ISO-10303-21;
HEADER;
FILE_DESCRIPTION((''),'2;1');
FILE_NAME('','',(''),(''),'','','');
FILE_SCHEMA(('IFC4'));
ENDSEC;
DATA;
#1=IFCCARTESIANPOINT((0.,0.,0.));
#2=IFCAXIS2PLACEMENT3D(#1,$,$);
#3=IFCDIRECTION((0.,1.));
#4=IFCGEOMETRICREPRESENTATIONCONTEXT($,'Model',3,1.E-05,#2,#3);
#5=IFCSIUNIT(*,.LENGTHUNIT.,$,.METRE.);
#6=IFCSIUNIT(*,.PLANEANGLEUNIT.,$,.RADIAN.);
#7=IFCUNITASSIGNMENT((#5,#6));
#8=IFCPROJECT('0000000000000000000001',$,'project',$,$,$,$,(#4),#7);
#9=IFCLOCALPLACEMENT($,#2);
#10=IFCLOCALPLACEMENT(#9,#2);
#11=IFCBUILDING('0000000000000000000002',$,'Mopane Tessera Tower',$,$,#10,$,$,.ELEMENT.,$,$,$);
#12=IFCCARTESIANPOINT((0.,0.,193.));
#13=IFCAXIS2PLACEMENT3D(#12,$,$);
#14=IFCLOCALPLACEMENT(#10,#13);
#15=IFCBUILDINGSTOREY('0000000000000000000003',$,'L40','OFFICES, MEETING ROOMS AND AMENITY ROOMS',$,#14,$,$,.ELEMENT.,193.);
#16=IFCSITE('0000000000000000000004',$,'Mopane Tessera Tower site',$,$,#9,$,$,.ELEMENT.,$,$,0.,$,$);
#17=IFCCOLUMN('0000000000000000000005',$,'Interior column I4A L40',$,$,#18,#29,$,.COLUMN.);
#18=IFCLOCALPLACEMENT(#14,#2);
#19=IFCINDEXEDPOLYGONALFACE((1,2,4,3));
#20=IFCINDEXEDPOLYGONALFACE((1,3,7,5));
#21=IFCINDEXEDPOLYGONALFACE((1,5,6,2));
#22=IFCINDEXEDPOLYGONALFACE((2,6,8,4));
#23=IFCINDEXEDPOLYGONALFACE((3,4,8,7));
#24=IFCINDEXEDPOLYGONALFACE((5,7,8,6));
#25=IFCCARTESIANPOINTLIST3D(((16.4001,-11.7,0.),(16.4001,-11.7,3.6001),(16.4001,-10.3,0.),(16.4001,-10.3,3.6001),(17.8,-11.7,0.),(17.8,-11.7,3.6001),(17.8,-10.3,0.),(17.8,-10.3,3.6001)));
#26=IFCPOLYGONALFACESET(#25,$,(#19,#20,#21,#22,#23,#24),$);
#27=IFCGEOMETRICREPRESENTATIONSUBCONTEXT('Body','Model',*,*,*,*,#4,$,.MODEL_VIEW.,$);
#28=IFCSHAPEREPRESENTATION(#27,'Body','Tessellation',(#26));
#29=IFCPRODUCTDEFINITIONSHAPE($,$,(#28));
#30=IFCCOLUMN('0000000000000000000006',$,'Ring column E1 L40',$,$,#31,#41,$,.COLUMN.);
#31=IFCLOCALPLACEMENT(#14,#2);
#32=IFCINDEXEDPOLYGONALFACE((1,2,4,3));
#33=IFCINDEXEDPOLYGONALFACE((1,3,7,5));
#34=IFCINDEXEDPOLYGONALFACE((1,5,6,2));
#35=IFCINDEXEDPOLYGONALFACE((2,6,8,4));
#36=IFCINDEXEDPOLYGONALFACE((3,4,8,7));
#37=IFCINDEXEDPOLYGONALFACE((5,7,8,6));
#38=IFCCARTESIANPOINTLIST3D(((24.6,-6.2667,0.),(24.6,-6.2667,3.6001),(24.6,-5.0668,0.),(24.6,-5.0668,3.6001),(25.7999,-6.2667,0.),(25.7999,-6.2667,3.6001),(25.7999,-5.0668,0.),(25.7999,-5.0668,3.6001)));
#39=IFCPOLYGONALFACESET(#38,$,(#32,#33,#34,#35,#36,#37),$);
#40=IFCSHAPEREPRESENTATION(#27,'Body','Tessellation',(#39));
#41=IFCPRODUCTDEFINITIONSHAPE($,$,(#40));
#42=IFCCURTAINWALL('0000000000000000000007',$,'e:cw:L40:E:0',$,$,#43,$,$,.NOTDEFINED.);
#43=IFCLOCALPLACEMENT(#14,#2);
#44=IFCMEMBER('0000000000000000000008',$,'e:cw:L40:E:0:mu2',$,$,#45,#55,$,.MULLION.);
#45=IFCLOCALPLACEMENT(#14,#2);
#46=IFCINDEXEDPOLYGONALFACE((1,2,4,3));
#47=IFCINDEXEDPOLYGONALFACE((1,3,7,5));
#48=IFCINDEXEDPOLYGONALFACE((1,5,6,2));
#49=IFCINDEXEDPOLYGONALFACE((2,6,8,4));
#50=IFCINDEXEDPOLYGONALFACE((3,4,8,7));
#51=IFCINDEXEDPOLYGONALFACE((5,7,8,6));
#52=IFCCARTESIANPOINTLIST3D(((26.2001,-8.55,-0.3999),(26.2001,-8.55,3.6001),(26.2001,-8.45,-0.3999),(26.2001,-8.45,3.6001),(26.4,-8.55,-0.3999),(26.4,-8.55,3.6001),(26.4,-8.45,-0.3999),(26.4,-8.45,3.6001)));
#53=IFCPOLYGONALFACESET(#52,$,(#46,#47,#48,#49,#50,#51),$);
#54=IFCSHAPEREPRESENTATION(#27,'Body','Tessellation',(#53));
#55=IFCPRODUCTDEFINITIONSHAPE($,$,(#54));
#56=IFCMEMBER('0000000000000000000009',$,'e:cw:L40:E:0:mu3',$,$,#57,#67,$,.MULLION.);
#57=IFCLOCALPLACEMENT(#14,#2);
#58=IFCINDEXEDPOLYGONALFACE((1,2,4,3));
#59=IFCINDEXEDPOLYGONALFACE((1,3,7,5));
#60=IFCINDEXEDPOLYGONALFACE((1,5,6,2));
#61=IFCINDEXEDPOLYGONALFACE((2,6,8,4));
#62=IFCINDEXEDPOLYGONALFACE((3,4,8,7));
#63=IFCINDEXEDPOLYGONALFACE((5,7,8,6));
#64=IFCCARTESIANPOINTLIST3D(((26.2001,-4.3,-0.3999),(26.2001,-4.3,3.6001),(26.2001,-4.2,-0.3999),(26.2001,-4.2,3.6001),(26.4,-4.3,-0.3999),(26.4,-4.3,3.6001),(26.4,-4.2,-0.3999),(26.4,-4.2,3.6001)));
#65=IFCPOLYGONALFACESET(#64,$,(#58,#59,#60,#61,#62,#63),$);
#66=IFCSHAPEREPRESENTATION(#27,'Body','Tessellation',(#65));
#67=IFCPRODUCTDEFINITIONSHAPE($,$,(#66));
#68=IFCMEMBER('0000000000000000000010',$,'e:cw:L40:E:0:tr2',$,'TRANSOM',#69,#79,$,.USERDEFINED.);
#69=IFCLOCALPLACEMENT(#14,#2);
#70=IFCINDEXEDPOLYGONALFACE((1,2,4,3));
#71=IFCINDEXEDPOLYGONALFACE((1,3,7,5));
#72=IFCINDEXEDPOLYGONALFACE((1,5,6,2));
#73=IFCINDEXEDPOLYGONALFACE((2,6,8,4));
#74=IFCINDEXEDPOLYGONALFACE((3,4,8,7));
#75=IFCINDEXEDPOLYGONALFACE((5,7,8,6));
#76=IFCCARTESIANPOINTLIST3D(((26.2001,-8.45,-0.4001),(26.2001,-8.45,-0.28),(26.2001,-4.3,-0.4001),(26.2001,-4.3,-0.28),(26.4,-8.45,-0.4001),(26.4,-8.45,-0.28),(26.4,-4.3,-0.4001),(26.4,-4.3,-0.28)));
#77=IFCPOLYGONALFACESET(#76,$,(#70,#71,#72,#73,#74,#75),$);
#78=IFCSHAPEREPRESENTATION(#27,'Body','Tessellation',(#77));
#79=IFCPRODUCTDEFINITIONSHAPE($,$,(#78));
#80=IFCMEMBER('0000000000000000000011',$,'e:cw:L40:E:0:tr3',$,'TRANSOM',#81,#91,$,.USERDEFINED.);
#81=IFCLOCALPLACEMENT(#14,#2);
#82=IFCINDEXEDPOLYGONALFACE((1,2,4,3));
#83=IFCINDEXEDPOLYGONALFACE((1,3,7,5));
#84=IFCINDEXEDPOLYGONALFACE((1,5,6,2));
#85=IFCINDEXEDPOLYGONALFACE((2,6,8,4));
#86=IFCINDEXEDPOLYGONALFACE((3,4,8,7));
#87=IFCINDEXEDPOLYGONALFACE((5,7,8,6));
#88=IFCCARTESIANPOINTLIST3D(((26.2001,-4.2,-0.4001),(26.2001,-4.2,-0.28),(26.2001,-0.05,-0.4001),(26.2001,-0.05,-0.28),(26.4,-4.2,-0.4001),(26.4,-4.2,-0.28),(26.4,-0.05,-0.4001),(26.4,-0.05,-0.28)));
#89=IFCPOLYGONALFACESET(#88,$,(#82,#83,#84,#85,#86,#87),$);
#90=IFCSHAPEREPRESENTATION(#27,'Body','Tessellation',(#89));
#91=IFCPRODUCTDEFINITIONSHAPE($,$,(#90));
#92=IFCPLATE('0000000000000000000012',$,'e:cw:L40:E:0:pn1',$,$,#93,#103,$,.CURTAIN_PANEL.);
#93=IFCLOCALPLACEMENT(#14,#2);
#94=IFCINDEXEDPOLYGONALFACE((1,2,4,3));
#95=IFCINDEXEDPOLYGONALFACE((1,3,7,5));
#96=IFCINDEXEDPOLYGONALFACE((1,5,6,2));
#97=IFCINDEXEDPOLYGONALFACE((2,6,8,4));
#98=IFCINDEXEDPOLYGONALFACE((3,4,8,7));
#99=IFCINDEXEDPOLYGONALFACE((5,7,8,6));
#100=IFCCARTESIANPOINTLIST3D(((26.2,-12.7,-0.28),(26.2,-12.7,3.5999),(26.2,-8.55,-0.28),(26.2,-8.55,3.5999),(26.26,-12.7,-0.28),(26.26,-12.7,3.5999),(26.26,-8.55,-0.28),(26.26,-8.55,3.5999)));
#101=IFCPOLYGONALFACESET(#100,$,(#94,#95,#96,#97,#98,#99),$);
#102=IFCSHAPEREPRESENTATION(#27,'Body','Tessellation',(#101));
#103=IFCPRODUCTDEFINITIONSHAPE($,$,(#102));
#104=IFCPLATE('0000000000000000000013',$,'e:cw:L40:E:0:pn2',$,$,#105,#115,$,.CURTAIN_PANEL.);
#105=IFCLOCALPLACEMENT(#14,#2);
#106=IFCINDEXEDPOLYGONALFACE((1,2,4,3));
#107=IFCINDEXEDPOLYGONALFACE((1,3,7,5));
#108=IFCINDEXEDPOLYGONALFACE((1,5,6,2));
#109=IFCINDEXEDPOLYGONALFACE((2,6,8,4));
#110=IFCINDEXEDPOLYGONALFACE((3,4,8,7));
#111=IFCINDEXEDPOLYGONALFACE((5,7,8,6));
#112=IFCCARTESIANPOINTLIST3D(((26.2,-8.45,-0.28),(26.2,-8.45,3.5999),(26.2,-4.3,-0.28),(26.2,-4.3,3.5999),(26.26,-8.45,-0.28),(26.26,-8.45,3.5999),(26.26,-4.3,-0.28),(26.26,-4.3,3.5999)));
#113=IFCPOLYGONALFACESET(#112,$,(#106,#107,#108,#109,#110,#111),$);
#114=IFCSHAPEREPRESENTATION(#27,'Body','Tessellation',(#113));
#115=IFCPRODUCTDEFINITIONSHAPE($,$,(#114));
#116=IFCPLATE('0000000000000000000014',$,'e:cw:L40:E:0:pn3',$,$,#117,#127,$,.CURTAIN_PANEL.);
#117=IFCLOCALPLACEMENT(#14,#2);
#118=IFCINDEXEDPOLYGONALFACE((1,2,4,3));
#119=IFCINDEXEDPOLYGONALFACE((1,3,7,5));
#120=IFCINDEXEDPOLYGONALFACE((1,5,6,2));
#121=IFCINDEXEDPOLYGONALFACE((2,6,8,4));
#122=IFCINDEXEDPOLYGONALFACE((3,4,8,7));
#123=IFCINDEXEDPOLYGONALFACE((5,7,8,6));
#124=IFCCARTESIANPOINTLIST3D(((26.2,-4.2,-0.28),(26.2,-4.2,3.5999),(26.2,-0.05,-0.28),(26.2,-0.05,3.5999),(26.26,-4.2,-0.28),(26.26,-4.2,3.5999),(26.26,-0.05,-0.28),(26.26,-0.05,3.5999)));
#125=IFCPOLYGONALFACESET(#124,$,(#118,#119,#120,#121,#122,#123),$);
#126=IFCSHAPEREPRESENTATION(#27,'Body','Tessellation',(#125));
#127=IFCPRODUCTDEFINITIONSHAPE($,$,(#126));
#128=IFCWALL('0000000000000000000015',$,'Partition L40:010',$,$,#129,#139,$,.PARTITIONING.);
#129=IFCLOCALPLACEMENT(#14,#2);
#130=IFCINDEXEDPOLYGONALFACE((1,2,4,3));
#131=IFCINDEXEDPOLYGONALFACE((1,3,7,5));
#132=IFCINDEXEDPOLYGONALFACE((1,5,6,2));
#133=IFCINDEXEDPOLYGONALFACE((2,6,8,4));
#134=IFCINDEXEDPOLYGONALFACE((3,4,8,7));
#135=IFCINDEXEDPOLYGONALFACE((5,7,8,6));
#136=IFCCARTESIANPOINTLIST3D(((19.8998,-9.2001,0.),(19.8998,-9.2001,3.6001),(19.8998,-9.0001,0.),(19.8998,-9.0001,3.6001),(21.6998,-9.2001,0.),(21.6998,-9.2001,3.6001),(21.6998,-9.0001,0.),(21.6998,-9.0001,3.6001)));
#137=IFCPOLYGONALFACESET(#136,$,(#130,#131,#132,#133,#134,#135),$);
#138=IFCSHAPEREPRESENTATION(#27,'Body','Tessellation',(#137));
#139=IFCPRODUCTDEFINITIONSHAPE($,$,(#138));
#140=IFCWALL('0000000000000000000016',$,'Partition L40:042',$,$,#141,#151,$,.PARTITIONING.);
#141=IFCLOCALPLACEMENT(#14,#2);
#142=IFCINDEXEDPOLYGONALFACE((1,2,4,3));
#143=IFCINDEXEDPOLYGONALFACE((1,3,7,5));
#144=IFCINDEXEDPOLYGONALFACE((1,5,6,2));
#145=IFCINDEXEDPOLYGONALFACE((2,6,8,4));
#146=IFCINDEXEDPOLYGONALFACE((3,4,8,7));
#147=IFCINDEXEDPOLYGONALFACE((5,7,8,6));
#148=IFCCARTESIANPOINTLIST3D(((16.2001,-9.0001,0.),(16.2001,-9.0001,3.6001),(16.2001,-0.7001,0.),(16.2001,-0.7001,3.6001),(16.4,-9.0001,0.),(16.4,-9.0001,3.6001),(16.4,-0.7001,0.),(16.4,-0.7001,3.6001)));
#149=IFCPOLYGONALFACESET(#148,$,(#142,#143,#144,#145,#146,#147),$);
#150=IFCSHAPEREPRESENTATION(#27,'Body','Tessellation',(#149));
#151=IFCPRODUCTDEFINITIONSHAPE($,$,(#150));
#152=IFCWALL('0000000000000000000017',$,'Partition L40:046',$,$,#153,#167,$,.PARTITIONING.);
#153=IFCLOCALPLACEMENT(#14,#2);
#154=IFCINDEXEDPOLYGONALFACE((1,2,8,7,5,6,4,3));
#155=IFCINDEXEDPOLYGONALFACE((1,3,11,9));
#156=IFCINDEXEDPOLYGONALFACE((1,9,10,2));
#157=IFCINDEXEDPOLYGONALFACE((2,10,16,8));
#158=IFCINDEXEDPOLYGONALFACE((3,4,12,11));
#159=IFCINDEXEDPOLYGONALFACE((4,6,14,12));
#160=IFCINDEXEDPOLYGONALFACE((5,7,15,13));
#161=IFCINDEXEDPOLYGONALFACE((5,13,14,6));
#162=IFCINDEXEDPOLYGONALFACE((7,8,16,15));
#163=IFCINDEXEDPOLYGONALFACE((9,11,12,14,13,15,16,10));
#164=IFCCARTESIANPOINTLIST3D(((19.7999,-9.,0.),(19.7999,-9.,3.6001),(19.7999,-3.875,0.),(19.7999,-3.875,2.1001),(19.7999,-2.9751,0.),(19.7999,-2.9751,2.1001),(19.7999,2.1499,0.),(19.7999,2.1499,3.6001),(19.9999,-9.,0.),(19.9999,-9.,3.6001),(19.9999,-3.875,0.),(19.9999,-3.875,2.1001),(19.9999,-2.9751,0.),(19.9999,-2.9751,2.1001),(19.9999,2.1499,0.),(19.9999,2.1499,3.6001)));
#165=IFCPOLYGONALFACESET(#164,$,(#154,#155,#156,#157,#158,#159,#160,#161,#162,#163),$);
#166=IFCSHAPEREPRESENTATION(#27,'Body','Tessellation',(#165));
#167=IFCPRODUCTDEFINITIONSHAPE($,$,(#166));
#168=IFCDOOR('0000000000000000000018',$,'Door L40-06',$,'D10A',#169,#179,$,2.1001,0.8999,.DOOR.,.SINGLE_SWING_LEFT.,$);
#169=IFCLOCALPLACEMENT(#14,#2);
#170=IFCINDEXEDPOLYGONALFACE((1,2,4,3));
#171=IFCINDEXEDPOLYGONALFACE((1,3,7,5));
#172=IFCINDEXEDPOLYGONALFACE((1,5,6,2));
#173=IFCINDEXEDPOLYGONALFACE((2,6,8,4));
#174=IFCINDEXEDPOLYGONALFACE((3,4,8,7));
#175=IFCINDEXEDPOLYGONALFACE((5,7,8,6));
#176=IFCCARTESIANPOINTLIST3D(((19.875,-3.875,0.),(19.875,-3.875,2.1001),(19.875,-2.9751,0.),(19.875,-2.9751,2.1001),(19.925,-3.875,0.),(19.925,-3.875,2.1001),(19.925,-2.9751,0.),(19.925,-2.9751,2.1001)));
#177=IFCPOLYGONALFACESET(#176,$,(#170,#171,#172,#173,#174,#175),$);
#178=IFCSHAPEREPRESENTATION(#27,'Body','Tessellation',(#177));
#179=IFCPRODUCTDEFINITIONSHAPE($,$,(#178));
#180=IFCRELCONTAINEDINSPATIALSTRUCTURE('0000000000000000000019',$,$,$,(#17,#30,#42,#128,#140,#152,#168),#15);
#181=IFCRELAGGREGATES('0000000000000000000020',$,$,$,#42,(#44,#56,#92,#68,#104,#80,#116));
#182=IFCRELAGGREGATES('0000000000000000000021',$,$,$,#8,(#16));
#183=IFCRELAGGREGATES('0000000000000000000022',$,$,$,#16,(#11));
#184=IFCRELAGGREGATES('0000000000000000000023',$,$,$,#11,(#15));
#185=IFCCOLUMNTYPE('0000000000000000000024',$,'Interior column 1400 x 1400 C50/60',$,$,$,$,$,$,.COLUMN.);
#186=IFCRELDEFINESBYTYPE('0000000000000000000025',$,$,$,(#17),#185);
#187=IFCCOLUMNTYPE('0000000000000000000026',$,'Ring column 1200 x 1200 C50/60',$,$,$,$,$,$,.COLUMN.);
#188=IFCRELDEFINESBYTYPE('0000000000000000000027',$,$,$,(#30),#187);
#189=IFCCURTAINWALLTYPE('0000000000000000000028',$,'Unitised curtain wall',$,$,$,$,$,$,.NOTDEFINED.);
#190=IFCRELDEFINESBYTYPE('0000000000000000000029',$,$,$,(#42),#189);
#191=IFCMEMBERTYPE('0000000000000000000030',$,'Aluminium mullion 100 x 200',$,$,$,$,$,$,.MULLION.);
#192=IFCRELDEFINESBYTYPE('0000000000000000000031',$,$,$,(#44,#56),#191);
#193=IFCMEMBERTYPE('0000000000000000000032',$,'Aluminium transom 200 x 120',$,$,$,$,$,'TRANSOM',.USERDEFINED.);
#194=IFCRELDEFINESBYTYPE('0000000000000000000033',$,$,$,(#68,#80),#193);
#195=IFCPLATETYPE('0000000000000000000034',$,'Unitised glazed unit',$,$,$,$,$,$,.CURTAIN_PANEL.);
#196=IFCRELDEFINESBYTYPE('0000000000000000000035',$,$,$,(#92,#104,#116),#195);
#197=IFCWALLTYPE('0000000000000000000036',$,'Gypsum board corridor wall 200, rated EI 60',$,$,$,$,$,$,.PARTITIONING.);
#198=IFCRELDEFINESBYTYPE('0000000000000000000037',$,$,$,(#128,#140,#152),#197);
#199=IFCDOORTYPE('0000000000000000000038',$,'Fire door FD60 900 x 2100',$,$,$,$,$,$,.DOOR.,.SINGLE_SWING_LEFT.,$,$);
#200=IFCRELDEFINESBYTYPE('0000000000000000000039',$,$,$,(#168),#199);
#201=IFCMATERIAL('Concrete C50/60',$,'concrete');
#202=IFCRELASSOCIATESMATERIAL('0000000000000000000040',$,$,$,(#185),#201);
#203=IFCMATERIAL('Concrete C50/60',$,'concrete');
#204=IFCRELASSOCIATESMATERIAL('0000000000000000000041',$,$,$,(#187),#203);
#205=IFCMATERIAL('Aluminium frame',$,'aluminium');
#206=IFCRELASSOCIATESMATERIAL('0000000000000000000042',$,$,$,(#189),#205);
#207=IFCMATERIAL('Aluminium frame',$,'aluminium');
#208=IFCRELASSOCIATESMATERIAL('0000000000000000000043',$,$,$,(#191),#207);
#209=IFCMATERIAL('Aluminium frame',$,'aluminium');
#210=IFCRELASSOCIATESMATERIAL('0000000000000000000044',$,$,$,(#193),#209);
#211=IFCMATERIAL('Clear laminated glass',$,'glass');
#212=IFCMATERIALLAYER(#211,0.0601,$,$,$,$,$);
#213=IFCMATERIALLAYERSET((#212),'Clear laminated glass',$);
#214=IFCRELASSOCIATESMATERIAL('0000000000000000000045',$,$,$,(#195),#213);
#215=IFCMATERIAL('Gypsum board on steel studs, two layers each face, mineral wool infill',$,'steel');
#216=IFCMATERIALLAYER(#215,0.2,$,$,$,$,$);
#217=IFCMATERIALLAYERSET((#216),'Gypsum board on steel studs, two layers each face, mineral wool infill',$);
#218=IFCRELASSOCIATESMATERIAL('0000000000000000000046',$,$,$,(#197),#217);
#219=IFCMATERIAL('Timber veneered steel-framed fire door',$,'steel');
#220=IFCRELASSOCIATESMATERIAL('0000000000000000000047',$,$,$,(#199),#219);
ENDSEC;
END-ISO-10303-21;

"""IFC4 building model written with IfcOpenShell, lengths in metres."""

from ifc_helpers import new_model, si_unit, direction, frame, frame_2d, origin, origin_2d, place, context, subcontext, project, spatial, rectangle, extrude, material, layer, layer_set, material_profile, profile_set, type_object, element, fill, aggregate, save


model = new_model("IFC4")

# Units and contexts
model_context = context("Model", 3, precision=1e-05, world=origin(), true_north=direction((0.0, 1.0)))
body_context = subcontext(model_context, "Body", "Model", "MODEL_VIEW")
ifc_project = project(units=[si_unit("LENGTHUNIT", "METRE"), si_unit("PLANEANGLEUNIT", "RADIAN")], contexts=[model_context])

# Site, building, storey
site_placement = place(None, origin())
site = spatial("IfcSite", under=ifc_project, at=site_placement, Name="Mopane Tessera Tower site", CompositionType="ELEMENT", RefElevation=0.0)
building_placement = place(site_placement, origin())
building = spatial("IfcBuilding", under=site, at=building_placement, Name="Mopane Tessera Tower", CompositionType="ELEMENT")
storey_placement = place(building_placement, frame((0.0, 0.0, 193.0)))
storey = spatial("IfcBuildingStorey", under=building, at=storey_placement, Name="L40", Description="OFFICES, MEETING ROOMS AND AMENITY ROOMS", CompositionType="ELEMENT", Elevation=193.0)

# Columns
ifc_material_1 = material(Name="Concrete C50/60", Category="concrete")
ifc_material_profile_1 = material_profile(ifc_material_1, rectangle(XDim=1.3999, YDim=1.3999, at=origin_2d()))
ifc_profile_set_1 = profile_set([ifc_material_profile_1], Name="Concrete C50/60")
column_type_1 = type_object("IfcColumnType", Name="Interior column 1400 x 1400 C50/60", PredefinedType="COLUMN", material=ifc_profile_set_1)
column_1_placement = place(storey_placement, frame((17.1001, -11.0, 0.0), z_axis=(0.0, 0.0, 1.0), x_axis=(1.0, 0.0, 0.0)))
element("IfcColumn", 1, at=column_1_placement, inside=storey, type_object=column_type_1, Name="Interior column I4A L40", PredefinedType="COLUMN", context=body_context, shape_type="SweptSolid", body=[
    extrude(rectangle(XDim=1.3999, YDim=1.3999, at=origin_2d()), origin(), (0.0, 0.0, 1.0), 3.6001),
])
ifc_material_2 = material(Name="Concrete C50/60", Category="concrete")
ifc_material_profile_2 = material_profile(ifc_material_2, rectangle(XDim=1.2, YDim=1.2, at=origin_2d()))
ifc_profile_set_2 = profile_set([ifc_material_profile_2], Name="Concrete C50/60")
column_type_2 = type_object("IfcColumnType", Name="Ring column 1200 x 1200 C50/60", PredefinedType="COLUMN", material=ifc_profile_set_2)
column_2_placement = place(storey_placement, frame((25.2, -5.6667, 0.0), z_axis=(0.0, 0.0, 1.0), x_axis=(1.0, 0.0, 0.0)))
element("IfcColumn", 2, at=column_2_placement, inside=storey, type_object=column_type_2, Name="Ring column E1 L40", PredefinedType="COLUMN", context=body_context, shape_type="SweptSolid", body=[
    extrude(rectangle(XDim=1.2, YDim=1.2, at=origin_2d()), origin(), (0.0, 0.0, 1.0), 3.6001),
])

# Curtain wall, members, plates
ifc_material_3 = material(Name="Aluminium frame", Category="aluminium")
curtain_wall_type = type_object("IfcCurtainWallType", Name="Unitised curtain wall", PredefinedType="NOTDEFINED", material=ifc_material_3)
curtain_wall_placement = place(storey_placement, origin())
curtain_wall = element("IfcCurtainWall", 3, at=curtain_wall_placement, inside=storey, type_object=curtain_wall_type, Name="e:cw:L40:E:0", PredefinedType="NOTDEFINED")
ifc_material_4 = material(Name="Aluminium frame", Category="aluminium")
ifc_material_profile_3 = material_profile(ifc_material_4, rectangle(XDim=0.1001, YDim=0.2, at=origin_2d()))
ifc_profile_set_3 = profile_set([ifc_material_profile_3], Name="Aluminium frame")
member_type_1 = type_object("IfcMemberType", Name="Aluminium mullion 100 x 200", PredefinedType="MULLION", material=ifc_profile_set_3)
member_1_placement = place(storey_placement, frame((26.3, -8.5, -0.3999), z_axis=(0.0, 0.0, 1.0), x_axis=(0.0, 1.0, 0.0)))
member_1 = element("IfcMember", 4, at=member_1_placement, type_object=member_type_1, Name="e:cw:L40:E:0:mu2", PredefinedType="MULLION", context=body_context, shape_type="SweptSolid", body=[
    extrude(rectangle(XDim=0.1001, YDim=0.2, at=origin_2d()), origin(), (0.0, 0.0, 1.0), 4.0),
])
member_2_placement = place(storey_placement, frame((26.3, -4.25, -0.3999), z_axis=(0.0, 0.0, 1.0), x_axis=(0.0, 1.0, 0.0)))
member_2 = element("IfcMember", 5, at=member_2_placement, type_object=member_type_1, Name="e:cw:L40:E:0:mu3", PredefinedType="MULLION", context=body_context, shape_type="SweptSolid", body=[
    extrude(rectangle(XDim=0.1001, YDim=0.2, at=origin_2d()), origin(), (0.0, 0.0, 1.0), 4.0),
])
ifc_material_5 = material(Name="Aluminium frame", Category="aluminium")
ifc_material_profile_4 = material_profile(ifc_material_5, rectangle(XDim=0.2, YDim=0.1201, at=origin_2d()))
ifc_profile_set_4 = profile_set([ifc_material_profile_4], Name="Aluminium frame")
member_type_2 = type_object("IfcMemberType", Name="Aluminium transom 200 x 120", ElementType="TRANSOM", PredefinedType="USERDEFINED", material=ifc_profile_set_4)
member_3_placement = place(storey_placement, frame((26.3, -8.45, -0.3401), z_axis=(0.0, 1.0, 0.0), x_axis=(-1.0, 0.0, 0.0)))
member_3 = element("IfcMember", 6, at=member_3_placement, type_object=member_type_2, Name="e:cw:L40:E:0:tr2", ObjectType="TRANSOM", PredefinedType="USERDEFINED", context=body_context, shape_type="SweptSolid", body=[
    extrude(rectangle(XDim=0.2, YDim=0.1201, at=origin_2d()), origin(), (0.0, 0.0, 1.0), 4.1499),
])
member_4_placement = place(storey_placement, frame((26.3, -4.2, -0.3401), z_axis=(0.0, 1.0, 0.0), x_axis=(-1.0, 0.0, 0.0)))
member_4 = element("IfcMember", 7, at=member_4_placement, type_object=member_type_2, Name="e:cw:L40:E:0:tr3", ObjectType="TRANSOM", PredefinedType="USERDEFINED", context=body_context, shape_type="SweptSolid", body=[
    extrude(rectangle(XDim=0.2, YDim=0.1201, at=origin_2d()), origin(), (0.0, 0.0, 1.0), 4.1499),
])
ifc_material_6 = material(Name="Clear laminated glass", Category="glass")
ifc_layer_1 = layer(ifc_material_6, 0.0601)
ifc_layer_set_1 = layer_set([ifc_layer_1], Name="Clear laminated glass")
plate_type = type_object("IfcPlateType", Name="Unitised glazed unit", PredefinedType="CURTAIN_PANEL", material=ifc_layer_set_1)
plate_1_placement = place(storey_placement, frame((26.23, -10.625, -0.28), z_axis=(0.0, 0.0, 1.0), x_axis=(0.0, 1.0, 0.0)))
plate_1 = element("IfcPlate", 8, at=plate_1_placement, type_object=plate_type, Name="e:cw:L40:E:0:pn1", PredefinedType="CURTAIN_PANEL", context=body_context, shape_type="SweptSolid", body=[
    extrude(rectangle(XDim=4.1499, YDim=0.0601, at=origin_2d()), origin(), (0.0, 0.0, 1.0), 3.8799),
])
plate_2_placement = place(storey_placement, frame((26.23, -6.375, -0.28), z_axis=(0.0, 0.0, 1.0), x_axis=(0.0, 1.0, 0.0)))
plate_2 = element("IfcPlate", 9, at=plate_2_placement, type_object=plate_type, Name="e:cw:L40:E:0:pn2", PredefinedType="CURTAIN_PANEL", context=body_context, shape_type="SweptSolid", body=[
    extrude(rectangle(XDim=4.1499, YDim=0.0601, at=origin_2d()), origin(), (0.0, 0.0, 1.0), 3.8799),
])
plate_3_placement = place(storey_placement, frame((26.23, -2.125, -0.28), z_axis=(0.0, 0.0, 1.0), x_axis=(0.0, 1.0, 0.0)))
plate_3 = element("IfcPlate", 10, at=plate_3_placement, type_object=plate_type, Name="e:cw:L40:E:0:pn3", PredefinedType="CURTAIN_PANEL", context=body_context, shape_type="SweptSolid", body=[
    extrude(rectangle(XDim=4.1499, YDim=0.0601, at=origin_2d()), origin(), (0.0, 0.0, 1.0), 3.8799),
])
aggregate(curtain_wall, [member_1, member_2, plate_1, member_3, plate_2, member_4, plate_3])

# Walls
ifc_material_7 = material(Name="Gypsum board on steel studs, two layers each face, mineral wool infill", Category="steel")
ifc_layer_2 = layer(ifc_material_7, 0.2)
ifc_layer_set_2 = layer_set([ifc_layer_2], Name="Gypsum board on steel studs, two layers each face, mineral wool infill")
wall_type_1 = type_object("IfcWallType", Name="Gypsum board corridor wall 200, rated EI 60", PredefinedType="PARTITIONING", material=ifc_layer_set_2)
wall_1_placement = place(storey_placement, frame((19.8999, -9.1001, 0.0), z_axis=(0.0, 0.0, 1.0), x_axis=(1.0, 0.0, 0.0)))
element("IfcWall", 11, at=wall_1_placement, inside=storey, type_object=wall_type_1, Name="Partition L40:010", PredefinedType="PARTITIONING", context=body_context, shape_type="SweptSolid", body=[
    extrude(rectangle(XDim=1.8, YDim=0.2, at=frame_2d((0.8999, 0.0))), origin(), (0.0, 0.0, 1.0), 3.6001),
])
wall_2_placement = place(storey_placement, frame((16.3, -9.0, 0.0), z_axis=(0.0, 0.0, 1.0), x_axis=(0.0, 1.0, 0.0)))
element("IfcWall", 12, at=wall_2_placement, inside=storey, type_object=wall_type_1, Name="Partition L40:042", PredefinedType="PARTITIONING", context=body_context, shape_type="SweptSolid", body=[
    extrude(rectangle(XDim=8.3, YDim=0.2, at=frame_2d((4.1499, 0.0))), origin(), (0.0, 0.0, 1.0), 3.6001),
])

# Wall, opening, door
wall_3_placement = place(storey_placement, frame((19.8999, -9.0, 0.0), z_axis=(0.0, 0.0, 1.0), x_axis=(0.0, 1.0, 0.0)))
wall_3 = element("IfcWall", 13, at=wall_3_placement, inside=storey, type_object=wall_type_1, Name="Partition L40:046", PredefinedType="PARTITIONING", context=body_context, shape_type="SweptSolid", body=[
    extrude(rectangle(XDim=11.1499, YDim=0.2, at=frame_2d((5.575, 0.0))), origin(), (0.0, 0.0, 1.0), 3.6001),
])
opening_1_placement = place(wall_3_placement, frame((5.125, 0.0, 0.0)))
opening_1 = element("IfcOpeningElement", 14, at=opening_1_placement, cuts=wall_3, PredefinedType="OPENING", context=body_context, shape_type="SweptSolid", body=[
    extrude(rectangle(XDim=0.8999, YDim=2.1001, at=frame_2d((0.45, 1.05))), frame((0.0, 0.1121, 0.0), z_axis=(0.0, -1.0, 0.0), x_axis=(1.0, 0.0, 0.0)), (0.0, 0.0, 1.0), 0.2239),
])
ifc_material_8 = material(Name="Timber veneered steel-framed fire door", Category="steel")
door_type_1 = type_object("IfcDoorType", Name="Fire door FD60 900 x 2100", OperationType="SINGLE_SWING_LEFT", PredefinedType="DOOR", material=ifc_material_8)
door_1_placement = place(opening_1_placement, origin())
door_1 = element("IfcDoor", 15, at=door_1_placement, inside=storey, type_object=door_type_1, Name="Door L40-06", ObjectType="D10A", OperationType="SINGLE_SWING_LEFT", OverallHeight=2.1001, OverallWidth=0.8999, PredefinedType="DOOR", context=body_context, shape_type="SweptSolid", body=[
    extrude(rectangle(XDim=0.8999, YDim=2.1001, at=frame_2d((0.45, 1.05))), frame((0.0, 0.0249, 0.0), z_axis=(0.0, -1.0, 0.0), x_axis=(1.0, 0.0, 0.0)), (0.0, 0.0, 1.0), 0.05),
])
fill(opening_1, door_1)

save(model, "model.ifc")
